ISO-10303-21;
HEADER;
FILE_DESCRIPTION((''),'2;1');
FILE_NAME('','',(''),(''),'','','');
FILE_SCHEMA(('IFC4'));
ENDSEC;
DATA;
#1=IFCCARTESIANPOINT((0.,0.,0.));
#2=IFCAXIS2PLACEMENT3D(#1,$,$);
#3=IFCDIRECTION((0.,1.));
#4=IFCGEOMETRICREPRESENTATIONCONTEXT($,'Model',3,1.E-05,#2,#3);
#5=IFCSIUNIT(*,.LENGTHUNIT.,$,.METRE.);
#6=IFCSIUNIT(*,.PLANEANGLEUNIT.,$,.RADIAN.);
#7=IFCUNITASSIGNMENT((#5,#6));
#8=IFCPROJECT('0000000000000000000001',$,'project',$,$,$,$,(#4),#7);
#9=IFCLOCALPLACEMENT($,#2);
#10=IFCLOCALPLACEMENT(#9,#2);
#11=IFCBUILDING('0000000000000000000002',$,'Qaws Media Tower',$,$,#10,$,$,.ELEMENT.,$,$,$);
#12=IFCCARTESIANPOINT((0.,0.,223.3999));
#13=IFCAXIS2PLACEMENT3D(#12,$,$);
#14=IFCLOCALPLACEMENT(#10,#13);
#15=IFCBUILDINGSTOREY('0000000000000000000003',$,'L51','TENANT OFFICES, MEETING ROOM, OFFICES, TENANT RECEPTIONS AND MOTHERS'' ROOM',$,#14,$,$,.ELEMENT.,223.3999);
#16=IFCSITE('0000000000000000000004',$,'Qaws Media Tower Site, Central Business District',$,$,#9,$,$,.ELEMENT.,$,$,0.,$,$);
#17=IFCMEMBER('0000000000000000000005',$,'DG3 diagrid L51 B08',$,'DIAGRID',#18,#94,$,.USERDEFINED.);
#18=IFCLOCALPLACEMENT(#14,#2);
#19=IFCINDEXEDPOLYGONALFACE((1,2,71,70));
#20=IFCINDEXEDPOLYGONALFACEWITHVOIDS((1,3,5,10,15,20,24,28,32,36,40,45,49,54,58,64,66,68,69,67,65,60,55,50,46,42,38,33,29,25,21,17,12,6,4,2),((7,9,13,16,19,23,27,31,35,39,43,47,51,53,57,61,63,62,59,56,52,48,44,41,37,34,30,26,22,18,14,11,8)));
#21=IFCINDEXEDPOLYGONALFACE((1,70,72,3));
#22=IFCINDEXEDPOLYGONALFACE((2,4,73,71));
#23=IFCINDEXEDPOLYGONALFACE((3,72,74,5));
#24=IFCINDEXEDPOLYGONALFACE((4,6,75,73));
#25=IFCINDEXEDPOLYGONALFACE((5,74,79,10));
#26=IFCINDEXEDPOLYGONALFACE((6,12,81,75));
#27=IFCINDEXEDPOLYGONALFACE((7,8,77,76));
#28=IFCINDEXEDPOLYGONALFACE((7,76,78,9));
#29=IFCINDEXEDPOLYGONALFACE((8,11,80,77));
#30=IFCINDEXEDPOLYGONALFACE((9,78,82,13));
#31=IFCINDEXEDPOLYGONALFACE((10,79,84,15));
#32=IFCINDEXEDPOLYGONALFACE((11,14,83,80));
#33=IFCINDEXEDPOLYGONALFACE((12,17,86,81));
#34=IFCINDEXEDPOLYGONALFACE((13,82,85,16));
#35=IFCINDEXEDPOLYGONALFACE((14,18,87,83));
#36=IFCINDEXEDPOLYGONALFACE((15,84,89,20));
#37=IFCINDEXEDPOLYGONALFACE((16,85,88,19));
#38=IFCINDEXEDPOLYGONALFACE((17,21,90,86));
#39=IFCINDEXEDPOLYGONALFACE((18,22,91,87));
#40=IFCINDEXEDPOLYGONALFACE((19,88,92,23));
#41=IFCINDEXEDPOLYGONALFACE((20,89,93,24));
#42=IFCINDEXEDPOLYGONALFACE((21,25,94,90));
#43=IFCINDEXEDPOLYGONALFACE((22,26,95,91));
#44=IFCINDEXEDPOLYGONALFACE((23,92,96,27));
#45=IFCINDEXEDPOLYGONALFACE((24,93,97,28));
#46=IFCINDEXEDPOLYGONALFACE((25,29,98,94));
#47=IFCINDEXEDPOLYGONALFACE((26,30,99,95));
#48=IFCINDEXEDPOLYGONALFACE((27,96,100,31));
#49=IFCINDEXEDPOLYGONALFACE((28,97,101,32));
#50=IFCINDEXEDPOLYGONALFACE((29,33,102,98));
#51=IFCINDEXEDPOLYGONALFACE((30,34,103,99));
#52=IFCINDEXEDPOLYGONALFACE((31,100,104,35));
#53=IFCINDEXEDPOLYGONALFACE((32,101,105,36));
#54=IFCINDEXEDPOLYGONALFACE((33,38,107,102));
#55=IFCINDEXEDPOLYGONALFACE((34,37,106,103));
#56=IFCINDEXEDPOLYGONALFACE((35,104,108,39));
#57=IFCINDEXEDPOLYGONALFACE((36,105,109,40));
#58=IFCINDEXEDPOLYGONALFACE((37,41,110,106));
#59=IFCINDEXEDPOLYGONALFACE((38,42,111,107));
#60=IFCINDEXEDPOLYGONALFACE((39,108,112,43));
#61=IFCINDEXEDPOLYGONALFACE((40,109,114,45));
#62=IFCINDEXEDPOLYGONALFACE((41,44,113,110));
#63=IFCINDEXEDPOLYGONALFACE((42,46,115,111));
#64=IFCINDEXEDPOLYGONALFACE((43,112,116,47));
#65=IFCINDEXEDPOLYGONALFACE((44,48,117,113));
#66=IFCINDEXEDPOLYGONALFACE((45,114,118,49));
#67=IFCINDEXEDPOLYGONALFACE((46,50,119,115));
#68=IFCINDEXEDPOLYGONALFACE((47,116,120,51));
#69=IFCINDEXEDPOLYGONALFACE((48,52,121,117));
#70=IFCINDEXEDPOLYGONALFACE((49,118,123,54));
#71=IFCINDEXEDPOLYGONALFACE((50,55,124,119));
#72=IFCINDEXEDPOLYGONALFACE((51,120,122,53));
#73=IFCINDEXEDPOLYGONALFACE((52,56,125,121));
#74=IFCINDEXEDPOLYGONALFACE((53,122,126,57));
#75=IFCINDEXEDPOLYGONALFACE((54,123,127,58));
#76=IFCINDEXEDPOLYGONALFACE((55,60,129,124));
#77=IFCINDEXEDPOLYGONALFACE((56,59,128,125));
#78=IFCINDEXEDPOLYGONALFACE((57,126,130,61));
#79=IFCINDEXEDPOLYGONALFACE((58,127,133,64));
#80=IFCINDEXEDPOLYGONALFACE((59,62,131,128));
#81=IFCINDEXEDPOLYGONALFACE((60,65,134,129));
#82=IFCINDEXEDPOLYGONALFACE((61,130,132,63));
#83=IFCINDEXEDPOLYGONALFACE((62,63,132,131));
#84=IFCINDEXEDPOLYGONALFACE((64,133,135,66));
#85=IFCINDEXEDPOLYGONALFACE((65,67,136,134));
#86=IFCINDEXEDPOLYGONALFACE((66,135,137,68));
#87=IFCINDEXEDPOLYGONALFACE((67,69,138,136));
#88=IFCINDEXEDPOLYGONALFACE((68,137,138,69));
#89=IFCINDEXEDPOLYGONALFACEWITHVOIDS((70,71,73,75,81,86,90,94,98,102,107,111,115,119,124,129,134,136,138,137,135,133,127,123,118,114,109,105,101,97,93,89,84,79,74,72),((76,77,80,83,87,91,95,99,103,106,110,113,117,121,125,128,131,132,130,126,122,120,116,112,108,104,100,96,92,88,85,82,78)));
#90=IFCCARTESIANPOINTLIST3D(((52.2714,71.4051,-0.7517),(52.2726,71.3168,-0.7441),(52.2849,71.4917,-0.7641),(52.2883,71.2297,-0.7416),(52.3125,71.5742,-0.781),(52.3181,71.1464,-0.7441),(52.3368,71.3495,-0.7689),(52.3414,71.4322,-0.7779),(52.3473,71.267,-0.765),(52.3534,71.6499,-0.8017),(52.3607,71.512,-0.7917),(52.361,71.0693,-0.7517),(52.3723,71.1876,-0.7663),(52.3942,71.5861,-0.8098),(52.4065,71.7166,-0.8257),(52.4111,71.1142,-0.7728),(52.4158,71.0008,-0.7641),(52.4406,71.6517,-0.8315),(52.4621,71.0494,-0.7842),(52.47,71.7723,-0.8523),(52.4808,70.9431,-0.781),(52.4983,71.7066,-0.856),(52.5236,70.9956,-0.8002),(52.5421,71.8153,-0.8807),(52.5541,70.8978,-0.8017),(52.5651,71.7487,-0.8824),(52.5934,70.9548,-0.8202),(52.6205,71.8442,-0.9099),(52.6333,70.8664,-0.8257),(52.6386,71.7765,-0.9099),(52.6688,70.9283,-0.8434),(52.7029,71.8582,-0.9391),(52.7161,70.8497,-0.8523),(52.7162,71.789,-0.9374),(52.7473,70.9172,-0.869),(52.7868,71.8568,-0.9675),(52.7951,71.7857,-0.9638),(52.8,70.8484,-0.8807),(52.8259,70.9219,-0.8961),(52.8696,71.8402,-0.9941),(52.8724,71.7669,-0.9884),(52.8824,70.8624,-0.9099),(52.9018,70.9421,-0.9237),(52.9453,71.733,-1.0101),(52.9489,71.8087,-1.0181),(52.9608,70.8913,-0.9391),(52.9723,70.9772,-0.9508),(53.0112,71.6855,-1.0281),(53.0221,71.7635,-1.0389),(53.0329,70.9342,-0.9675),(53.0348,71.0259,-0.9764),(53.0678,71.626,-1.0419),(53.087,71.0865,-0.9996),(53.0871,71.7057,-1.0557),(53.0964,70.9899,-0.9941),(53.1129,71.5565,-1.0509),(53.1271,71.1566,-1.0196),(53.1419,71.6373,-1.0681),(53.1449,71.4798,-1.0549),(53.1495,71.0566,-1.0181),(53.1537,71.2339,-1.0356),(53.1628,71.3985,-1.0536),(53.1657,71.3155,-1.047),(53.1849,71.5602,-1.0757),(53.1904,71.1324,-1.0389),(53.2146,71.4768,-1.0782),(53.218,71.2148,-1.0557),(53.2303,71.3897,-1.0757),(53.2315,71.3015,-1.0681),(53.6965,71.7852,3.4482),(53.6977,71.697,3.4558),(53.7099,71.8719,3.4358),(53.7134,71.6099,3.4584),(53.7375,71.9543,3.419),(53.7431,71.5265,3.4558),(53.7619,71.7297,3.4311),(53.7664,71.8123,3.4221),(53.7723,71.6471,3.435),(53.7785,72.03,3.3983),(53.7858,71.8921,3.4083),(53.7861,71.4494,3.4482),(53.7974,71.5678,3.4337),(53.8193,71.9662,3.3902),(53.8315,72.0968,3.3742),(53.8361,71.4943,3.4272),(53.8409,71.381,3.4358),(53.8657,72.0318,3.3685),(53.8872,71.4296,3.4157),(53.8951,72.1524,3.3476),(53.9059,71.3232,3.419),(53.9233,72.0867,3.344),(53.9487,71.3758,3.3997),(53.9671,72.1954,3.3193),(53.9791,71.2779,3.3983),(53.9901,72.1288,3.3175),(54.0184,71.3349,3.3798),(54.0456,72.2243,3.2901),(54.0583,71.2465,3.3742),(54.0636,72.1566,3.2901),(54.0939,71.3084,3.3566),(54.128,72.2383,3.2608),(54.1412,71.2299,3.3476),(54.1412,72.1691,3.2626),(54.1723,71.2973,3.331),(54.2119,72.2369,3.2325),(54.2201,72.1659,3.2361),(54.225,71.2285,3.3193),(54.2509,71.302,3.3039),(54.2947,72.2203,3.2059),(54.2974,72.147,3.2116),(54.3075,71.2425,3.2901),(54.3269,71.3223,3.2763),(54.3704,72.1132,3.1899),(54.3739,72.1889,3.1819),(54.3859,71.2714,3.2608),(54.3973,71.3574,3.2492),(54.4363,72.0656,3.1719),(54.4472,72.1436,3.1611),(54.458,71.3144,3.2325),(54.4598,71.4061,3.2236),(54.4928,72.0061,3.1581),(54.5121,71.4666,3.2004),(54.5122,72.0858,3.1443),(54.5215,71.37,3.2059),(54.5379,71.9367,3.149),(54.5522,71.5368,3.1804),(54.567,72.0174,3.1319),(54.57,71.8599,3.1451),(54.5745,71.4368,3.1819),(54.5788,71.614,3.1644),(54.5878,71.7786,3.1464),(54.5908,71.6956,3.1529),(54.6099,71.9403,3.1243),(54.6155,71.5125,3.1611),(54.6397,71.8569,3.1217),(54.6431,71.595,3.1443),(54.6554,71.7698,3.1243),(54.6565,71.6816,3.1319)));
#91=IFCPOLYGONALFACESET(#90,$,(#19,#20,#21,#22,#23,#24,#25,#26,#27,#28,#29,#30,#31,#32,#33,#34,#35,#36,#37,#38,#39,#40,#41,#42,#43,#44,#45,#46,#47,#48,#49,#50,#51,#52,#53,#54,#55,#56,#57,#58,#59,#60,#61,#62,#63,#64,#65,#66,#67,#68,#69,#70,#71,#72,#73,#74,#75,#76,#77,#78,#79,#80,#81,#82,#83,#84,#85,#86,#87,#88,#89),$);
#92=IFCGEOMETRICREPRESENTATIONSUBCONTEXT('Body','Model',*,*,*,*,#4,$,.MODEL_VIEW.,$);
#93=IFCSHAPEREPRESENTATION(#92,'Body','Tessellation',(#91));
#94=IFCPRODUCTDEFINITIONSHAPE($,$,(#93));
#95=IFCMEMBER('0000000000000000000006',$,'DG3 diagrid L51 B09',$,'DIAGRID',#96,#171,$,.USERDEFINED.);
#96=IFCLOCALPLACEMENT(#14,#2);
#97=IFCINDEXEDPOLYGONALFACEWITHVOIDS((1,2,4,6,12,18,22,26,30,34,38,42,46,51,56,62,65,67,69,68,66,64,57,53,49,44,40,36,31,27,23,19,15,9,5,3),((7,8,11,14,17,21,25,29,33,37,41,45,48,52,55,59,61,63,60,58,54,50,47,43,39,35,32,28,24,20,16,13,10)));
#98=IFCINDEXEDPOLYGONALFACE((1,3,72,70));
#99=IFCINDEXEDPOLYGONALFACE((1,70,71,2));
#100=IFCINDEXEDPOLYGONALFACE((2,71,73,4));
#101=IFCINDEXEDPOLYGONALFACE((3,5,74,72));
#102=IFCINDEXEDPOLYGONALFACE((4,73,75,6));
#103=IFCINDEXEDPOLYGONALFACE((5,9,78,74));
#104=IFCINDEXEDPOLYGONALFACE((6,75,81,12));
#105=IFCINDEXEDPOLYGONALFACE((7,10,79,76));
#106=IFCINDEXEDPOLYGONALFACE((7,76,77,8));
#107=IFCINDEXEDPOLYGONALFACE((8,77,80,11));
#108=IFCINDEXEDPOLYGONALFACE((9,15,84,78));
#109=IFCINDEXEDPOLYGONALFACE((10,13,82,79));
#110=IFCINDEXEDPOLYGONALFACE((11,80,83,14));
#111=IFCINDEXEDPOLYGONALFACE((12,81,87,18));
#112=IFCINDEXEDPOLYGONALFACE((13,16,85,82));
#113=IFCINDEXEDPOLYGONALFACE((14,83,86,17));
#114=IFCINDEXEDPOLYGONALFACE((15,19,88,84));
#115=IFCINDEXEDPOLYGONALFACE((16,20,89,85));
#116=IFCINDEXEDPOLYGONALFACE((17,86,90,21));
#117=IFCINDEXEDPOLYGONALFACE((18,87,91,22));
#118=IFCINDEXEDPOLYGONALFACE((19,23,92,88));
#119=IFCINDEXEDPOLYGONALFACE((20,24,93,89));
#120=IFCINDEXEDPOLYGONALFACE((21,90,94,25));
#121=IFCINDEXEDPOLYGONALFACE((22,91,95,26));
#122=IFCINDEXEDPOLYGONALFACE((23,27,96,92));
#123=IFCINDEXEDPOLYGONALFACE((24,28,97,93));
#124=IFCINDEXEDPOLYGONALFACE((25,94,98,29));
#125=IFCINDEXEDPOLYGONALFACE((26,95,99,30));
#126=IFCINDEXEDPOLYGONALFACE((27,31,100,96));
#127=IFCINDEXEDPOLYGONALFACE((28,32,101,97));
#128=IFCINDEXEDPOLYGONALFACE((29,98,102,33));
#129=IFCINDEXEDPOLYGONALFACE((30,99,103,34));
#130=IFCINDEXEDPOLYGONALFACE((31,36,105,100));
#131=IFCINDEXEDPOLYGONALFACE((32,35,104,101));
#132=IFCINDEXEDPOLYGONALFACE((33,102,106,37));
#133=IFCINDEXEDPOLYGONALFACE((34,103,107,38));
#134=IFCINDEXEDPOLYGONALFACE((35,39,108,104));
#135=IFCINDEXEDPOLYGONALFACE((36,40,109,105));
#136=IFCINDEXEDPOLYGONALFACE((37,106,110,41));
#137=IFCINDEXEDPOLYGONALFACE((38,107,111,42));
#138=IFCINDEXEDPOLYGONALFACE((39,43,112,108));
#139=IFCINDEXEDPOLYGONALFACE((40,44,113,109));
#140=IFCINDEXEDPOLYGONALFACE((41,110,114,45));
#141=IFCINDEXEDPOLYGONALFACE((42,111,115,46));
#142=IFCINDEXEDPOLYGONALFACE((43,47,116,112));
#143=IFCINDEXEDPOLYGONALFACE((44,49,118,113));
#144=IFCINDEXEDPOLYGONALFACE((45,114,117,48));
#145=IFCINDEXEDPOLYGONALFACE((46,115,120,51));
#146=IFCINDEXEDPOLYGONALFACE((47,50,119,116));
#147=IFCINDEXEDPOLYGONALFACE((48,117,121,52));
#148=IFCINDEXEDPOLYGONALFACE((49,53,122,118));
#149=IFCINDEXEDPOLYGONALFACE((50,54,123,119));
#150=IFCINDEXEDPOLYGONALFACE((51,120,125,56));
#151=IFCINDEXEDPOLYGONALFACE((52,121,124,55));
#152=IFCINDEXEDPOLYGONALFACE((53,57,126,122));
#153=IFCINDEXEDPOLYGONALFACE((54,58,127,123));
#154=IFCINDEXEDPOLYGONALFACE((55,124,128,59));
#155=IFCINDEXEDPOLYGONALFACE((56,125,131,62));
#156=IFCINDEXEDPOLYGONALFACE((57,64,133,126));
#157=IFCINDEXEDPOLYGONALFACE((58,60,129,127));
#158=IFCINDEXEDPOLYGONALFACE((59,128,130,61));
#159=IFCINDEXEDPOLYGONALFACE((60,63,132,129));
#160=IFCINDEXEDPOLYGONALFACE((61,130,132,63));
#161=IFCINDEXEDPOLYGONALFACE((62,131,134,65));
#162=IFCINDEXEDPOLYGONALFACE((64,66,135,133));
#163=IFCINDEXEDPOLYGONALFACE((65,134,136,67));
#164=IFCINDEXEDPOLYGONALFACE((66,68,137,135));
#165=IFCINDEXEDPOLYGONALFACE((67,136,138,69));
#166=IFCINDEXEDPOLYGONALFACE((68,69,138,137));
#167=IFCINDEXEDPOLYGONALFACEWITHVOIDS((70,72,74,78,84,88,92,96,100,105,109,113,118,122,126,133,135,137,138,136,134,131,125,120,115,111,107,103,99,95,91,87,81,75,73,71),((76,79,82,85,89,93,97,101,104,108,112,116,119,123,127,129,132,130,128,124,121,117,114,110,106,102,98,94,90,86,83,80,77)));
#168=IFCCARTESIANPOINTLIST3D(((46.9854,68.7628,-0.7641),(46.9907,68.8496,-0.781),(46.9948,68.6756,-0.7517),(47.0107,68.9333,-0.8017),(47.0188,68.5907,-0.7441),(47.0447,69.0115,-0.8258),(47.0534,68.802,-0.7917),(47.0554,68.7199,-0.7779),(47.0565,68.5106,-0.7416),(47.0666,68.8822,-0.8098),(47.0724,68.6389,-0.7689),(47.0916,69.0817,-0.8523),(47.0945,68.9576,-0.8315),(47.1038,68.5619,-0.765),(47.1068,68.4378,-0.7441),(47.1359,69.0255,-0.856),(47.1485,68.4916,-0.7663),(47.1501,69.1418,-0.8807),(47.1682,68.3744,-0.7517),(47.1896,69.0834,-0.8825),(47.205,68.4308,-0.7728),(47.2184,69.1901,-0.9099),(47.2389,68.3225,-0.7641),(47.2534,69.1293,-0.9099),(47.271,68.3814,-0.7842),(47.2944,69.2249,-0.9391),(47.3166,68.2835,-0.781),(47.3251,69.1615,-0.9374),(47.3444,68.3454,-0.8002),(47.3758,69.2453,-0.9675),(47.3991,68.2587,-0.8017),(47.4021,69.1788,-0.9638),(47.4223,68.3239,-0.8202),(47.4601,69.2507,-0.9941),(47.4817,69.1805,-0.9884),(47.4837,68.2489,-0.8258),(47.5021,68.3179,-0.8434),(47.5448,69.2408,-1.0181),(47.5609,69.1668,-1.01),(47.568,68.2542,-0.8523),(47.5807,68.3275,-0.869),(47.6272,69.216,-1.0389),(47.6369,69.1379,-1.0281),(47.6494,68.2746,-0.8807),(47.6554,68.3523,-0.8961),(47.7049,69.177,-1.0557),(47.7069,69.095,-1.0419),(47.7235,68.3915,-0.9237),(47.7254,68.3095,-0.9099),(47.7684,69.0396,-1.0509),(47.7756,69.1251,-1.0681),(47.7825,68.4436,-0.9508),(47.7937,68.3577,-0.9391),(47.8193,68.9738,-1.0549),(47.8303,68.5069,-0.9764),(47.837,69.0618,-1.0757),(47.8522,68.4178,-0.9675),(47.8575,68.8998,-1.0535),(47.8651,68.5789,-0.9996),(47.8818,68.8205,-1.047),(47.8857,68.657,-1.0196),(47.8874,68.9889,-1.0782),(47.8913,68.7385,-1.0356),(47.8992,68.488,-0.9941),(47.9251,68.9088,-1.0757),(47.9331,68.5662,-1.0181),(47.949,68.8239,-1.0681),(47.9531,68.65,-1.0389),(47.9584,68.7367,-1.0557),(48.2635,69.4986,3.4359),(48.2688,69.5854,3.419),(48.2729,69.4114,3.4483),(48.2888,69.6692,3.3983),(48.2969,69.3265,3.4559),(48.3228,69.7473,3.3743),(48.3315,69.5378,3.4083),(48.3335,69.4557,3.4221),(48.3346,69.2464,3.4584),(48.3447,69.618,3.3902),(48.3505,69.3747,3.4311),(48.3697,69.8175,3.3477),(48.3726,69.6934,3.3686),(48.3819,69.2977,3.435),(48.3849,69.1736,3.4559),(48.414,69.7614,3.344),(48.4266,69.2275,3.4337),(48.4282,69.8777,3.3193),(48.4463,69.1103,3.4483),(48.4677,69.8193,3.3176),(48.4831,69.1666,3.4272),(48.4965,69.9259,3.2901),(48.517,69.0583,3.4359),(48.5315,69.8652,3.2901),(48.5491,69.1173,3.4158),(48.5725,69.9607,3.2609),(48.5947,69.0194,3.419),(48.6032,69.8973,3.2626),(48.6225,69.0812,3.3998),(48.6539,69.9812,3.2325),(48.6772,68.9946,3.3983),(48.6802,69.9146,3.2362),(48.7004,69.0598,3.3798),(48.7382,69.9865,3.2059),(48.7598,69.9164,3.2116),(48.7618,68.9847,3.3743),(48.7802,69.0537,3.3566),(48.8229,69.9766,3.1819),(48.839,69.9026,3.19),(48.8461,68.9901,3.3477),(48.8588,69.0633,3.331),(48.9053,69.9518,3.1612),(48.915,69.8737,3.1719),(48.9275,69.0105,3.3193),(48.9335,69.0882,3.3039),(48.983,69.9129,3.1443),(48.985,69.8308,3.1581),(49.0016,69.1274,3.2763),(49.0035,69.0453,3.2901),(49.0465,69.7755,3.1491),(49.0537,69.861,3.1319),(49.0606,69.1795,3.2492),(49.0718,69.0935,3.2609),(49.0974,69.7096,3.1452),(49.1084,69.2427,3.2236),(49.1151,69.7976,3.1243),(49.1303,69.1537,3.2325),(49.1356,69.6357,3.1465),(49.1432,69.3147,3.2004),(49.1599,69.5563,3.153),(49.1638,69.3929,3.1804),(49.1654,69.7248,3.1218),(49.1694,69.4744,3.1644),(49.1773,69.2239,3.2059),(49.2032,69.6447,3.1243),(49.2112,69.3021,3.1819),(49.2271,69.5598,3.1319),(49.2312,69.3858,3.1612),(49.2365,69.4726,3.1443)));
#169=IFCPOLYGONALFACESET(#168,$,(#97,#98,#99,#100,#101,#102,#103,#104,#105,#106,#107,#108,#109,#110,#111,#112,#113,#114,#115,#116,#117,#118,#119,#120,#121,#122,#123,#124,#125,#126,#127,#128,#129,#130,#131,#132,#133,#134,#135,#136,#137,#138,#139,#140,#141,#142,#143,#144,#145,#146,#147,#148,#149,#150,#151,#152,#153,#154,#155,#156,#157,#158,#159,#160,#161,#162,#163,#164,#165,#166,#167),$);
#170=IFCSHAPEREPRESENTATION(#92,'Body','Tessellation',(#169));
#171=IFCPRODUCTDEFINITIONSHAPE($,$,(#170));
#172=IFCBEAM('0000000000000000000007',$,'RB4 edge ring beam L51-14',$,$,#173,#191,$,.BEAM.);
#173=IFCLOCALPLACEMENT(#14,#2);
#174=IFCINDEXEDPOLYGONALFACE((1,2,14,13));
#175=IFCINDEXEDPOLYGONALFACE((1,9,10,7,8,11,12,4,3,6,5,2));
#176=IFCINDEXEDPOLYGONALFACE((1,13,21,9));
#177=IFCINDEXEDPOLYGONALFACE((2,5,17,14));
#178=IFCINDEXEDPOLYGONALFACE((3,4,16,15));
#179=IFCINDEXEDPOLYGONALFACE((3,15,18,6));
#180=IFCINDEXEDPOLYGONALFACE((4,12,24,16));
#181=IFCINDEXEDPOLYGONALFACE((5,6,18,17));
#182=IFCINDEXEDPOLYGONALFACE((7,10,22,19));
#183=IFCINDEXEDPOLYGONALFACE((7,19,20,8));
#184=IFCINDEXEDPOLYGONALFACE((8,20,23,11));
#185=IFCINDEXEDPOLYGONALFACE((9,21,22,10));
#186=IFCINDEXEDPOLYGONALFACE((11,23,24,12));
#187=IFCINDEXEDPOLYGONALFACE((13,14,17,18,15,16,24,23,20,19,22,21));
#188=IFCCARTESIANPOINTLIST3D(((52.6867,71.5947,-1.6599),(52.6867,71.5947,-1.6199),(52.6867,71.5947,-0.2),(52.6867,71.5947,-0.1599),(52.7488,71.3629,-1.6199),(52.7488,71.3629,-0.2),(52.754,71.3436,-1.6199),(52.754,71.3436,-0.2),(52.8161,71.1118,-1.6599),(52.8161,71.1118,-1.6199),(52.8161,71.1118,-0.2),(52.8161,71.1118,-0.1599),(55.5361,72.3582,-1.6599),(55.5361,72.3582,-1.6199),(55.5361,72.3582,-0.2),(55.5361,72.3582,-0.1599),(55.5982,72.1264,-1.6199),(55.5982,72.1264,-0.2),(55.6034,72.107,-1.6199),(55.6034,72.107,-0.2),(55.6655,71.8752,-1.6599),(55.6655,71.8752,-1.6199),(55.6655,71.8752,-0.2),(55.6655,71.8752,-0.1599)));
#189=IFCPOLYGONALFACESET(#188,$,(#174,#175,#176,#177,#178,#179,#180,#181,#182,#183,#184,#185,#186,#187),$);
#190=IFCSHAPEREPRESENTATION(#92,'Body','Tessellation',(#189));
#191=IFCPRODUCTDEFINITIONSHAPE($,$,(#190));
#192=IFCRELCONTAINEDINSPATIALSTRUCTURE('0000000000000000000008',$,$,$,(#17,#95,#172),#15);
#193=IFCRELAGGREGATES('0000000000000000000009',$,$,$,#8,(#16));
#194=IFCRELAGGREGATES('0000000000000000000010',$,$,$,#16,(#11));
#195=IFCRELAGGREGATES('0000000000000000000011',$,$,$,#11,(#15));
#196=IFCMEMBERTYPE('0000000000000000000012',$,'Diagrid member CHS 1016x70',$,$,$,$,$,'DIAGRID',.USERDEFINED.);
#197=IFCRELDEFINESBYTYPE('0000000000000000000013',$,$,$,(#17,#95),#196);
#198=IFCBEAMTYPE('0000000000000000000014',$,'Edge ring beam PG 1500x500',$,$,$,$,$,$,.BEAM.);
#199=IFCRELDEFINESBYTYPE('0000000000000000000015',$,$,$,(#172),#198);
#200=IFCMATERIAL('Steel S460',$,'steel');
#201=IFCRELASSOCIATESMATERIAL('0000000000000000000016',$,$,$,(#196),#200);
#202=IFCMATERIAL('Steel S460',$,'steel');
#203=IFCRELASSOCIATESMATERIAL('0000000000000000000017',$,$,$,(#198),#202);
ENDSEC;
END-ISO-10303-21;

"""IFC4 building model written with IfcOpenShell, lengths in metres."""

from ifc_helpers import new_model, si_unit, direction, frame, origin, origin_2d, place, context, subcontext, project, spatial, hollow_circle, i_section, extrude, material, material_profile, profile_set, type_object, element, save


model = new_model("IFC4")

# Units and contexts
model_context = context("Model", 3, precision=1e-05, world=origin(), true_north=direction((0.0, 1.0)))
body_context = subcontext(model_context, "Body", "Model", "MODEL_VIEW")
ifc_project = project(units=[si_unit("LENGTHUNIT", "METRE"), si_unit("PLANEANGLEUNIT", "RADIAN")], contexts=[model_context])

# Site, building, storey
site_placement = place(None, origin())
site = spatial("IfcSite", under=ifc_project, at=site_placement, Name="Qaws Media Tower Site, Central Business District", CompositionType="ELEMENT", RefElevation=0.0)
building_placement = place(site_placement, origin())
building = spatial("IfcBuilding", under=site, at=building_placement, Name="Qaws Media Tower", CompositionType="ELEMENT")
storey_placement = place(building_placement, frame((0.0, 0.0, 223.3999)))
storey = spatial("IfcBuildingStorey", under=building, at=storey_placement, Name="L51", Description="TENANT OFFICES, MEETING ROOM, OFFICES, TENANT RECEPTIONS AND MOTHERS' ROOM", CompositionType="ELEMENT", Elevation=223.3999)

# Members
ifc_material_1 = material(Name="Steel S460", Category="steel")
ifc_material_profile_1 = material_profile(ifc_material_1, hollow_circle(Radius=0.5081, WallThickness=0.0701, at=origin_2d()), Name="CHS 1016x70")
ifc_profile_set_1 = profile_set([ifc_material_profile_1], Name="Steel S460")
member_type_1 = type_object("IfcMemberType", Name="Diagrid member CHS 1016x70", ElementType="DIAGRID", PredefinedType="USERDEFINED", material=ifc_profile_set_1)
for number, where, z_axis, x_axis, name in (
    (1, (52.7515, 71.3533, -0.9099), (0.320136, 0.085395, 0.943515), (-0.257735, 0.966216, 0.0), "DG3 diagrid L51 B08"),
    (2, (47.4719, 68.7498, -0.9099), (0.287121, 0.165307, 0.943523), (-0.498953, 0.866629, 0.0), "DG3 diagrid L51 B09"),
):
    element("IfcMember", number, at=place(storey_placement, frame(where, z_axis=z_axis, x_axis=x_axis)), inside=storey, type_object=member_type_1, Name=name, ObjectType="DIAGRID", PredefinedType="USERDEFINED", context=body_context, shape_type="SweptSolid", body=[
        extrude(hollow_circle(Radius=0.5081, WallThickness=0.0701, at=origin_2d()), origin(), (0.0, 0.0, 1.0), 4.4514),
    ])

# Beam
ifc_material_2 = material(Name="Steel S460", Category="steel")
ifc_material_profile_2 = material_profile(ifc_material_2, i_section(OverallWidth=0.5, OverallDepth=1.5, WebThickness=0.02, FlangeThickness=0.04, at=origin_2d()), Name="PG 1500x500")
ifc_profile_set_2 = profile_set([ifc_material_profile_2], Name="Steel S460")
beam_type_1 = type_object("IfcBeamType", Name="Edge ring beam PG 1500x500", PredefinedType="BEAM", material=ifc_profile_set_2)
beam_1_placement = place(storey_placement, frame((55.6008, 72.1167, -0.9099), z_axis=(-0.965931, -0.258801, 0.0), x_axis=(0.258801, -0.965931, 0.0)))
element("IfcBeam", 3, at=beam_1_placement, inside=storey, type_object=beam_type_1, Name="RB4 edge ring beam L51-14", PredefinedType="BEAM", context=body_context, shape_type="SweptSolid", body=[
    extrude(i_section(OverallWidth=0.5, OverallDepth=1.5, WebThickness=0.02, FlangeThickness=0.04, at=origin_2d()), origin(), (0.0, 0.0, 1.0), 2.95),
])

save(model, "model.ifc")
